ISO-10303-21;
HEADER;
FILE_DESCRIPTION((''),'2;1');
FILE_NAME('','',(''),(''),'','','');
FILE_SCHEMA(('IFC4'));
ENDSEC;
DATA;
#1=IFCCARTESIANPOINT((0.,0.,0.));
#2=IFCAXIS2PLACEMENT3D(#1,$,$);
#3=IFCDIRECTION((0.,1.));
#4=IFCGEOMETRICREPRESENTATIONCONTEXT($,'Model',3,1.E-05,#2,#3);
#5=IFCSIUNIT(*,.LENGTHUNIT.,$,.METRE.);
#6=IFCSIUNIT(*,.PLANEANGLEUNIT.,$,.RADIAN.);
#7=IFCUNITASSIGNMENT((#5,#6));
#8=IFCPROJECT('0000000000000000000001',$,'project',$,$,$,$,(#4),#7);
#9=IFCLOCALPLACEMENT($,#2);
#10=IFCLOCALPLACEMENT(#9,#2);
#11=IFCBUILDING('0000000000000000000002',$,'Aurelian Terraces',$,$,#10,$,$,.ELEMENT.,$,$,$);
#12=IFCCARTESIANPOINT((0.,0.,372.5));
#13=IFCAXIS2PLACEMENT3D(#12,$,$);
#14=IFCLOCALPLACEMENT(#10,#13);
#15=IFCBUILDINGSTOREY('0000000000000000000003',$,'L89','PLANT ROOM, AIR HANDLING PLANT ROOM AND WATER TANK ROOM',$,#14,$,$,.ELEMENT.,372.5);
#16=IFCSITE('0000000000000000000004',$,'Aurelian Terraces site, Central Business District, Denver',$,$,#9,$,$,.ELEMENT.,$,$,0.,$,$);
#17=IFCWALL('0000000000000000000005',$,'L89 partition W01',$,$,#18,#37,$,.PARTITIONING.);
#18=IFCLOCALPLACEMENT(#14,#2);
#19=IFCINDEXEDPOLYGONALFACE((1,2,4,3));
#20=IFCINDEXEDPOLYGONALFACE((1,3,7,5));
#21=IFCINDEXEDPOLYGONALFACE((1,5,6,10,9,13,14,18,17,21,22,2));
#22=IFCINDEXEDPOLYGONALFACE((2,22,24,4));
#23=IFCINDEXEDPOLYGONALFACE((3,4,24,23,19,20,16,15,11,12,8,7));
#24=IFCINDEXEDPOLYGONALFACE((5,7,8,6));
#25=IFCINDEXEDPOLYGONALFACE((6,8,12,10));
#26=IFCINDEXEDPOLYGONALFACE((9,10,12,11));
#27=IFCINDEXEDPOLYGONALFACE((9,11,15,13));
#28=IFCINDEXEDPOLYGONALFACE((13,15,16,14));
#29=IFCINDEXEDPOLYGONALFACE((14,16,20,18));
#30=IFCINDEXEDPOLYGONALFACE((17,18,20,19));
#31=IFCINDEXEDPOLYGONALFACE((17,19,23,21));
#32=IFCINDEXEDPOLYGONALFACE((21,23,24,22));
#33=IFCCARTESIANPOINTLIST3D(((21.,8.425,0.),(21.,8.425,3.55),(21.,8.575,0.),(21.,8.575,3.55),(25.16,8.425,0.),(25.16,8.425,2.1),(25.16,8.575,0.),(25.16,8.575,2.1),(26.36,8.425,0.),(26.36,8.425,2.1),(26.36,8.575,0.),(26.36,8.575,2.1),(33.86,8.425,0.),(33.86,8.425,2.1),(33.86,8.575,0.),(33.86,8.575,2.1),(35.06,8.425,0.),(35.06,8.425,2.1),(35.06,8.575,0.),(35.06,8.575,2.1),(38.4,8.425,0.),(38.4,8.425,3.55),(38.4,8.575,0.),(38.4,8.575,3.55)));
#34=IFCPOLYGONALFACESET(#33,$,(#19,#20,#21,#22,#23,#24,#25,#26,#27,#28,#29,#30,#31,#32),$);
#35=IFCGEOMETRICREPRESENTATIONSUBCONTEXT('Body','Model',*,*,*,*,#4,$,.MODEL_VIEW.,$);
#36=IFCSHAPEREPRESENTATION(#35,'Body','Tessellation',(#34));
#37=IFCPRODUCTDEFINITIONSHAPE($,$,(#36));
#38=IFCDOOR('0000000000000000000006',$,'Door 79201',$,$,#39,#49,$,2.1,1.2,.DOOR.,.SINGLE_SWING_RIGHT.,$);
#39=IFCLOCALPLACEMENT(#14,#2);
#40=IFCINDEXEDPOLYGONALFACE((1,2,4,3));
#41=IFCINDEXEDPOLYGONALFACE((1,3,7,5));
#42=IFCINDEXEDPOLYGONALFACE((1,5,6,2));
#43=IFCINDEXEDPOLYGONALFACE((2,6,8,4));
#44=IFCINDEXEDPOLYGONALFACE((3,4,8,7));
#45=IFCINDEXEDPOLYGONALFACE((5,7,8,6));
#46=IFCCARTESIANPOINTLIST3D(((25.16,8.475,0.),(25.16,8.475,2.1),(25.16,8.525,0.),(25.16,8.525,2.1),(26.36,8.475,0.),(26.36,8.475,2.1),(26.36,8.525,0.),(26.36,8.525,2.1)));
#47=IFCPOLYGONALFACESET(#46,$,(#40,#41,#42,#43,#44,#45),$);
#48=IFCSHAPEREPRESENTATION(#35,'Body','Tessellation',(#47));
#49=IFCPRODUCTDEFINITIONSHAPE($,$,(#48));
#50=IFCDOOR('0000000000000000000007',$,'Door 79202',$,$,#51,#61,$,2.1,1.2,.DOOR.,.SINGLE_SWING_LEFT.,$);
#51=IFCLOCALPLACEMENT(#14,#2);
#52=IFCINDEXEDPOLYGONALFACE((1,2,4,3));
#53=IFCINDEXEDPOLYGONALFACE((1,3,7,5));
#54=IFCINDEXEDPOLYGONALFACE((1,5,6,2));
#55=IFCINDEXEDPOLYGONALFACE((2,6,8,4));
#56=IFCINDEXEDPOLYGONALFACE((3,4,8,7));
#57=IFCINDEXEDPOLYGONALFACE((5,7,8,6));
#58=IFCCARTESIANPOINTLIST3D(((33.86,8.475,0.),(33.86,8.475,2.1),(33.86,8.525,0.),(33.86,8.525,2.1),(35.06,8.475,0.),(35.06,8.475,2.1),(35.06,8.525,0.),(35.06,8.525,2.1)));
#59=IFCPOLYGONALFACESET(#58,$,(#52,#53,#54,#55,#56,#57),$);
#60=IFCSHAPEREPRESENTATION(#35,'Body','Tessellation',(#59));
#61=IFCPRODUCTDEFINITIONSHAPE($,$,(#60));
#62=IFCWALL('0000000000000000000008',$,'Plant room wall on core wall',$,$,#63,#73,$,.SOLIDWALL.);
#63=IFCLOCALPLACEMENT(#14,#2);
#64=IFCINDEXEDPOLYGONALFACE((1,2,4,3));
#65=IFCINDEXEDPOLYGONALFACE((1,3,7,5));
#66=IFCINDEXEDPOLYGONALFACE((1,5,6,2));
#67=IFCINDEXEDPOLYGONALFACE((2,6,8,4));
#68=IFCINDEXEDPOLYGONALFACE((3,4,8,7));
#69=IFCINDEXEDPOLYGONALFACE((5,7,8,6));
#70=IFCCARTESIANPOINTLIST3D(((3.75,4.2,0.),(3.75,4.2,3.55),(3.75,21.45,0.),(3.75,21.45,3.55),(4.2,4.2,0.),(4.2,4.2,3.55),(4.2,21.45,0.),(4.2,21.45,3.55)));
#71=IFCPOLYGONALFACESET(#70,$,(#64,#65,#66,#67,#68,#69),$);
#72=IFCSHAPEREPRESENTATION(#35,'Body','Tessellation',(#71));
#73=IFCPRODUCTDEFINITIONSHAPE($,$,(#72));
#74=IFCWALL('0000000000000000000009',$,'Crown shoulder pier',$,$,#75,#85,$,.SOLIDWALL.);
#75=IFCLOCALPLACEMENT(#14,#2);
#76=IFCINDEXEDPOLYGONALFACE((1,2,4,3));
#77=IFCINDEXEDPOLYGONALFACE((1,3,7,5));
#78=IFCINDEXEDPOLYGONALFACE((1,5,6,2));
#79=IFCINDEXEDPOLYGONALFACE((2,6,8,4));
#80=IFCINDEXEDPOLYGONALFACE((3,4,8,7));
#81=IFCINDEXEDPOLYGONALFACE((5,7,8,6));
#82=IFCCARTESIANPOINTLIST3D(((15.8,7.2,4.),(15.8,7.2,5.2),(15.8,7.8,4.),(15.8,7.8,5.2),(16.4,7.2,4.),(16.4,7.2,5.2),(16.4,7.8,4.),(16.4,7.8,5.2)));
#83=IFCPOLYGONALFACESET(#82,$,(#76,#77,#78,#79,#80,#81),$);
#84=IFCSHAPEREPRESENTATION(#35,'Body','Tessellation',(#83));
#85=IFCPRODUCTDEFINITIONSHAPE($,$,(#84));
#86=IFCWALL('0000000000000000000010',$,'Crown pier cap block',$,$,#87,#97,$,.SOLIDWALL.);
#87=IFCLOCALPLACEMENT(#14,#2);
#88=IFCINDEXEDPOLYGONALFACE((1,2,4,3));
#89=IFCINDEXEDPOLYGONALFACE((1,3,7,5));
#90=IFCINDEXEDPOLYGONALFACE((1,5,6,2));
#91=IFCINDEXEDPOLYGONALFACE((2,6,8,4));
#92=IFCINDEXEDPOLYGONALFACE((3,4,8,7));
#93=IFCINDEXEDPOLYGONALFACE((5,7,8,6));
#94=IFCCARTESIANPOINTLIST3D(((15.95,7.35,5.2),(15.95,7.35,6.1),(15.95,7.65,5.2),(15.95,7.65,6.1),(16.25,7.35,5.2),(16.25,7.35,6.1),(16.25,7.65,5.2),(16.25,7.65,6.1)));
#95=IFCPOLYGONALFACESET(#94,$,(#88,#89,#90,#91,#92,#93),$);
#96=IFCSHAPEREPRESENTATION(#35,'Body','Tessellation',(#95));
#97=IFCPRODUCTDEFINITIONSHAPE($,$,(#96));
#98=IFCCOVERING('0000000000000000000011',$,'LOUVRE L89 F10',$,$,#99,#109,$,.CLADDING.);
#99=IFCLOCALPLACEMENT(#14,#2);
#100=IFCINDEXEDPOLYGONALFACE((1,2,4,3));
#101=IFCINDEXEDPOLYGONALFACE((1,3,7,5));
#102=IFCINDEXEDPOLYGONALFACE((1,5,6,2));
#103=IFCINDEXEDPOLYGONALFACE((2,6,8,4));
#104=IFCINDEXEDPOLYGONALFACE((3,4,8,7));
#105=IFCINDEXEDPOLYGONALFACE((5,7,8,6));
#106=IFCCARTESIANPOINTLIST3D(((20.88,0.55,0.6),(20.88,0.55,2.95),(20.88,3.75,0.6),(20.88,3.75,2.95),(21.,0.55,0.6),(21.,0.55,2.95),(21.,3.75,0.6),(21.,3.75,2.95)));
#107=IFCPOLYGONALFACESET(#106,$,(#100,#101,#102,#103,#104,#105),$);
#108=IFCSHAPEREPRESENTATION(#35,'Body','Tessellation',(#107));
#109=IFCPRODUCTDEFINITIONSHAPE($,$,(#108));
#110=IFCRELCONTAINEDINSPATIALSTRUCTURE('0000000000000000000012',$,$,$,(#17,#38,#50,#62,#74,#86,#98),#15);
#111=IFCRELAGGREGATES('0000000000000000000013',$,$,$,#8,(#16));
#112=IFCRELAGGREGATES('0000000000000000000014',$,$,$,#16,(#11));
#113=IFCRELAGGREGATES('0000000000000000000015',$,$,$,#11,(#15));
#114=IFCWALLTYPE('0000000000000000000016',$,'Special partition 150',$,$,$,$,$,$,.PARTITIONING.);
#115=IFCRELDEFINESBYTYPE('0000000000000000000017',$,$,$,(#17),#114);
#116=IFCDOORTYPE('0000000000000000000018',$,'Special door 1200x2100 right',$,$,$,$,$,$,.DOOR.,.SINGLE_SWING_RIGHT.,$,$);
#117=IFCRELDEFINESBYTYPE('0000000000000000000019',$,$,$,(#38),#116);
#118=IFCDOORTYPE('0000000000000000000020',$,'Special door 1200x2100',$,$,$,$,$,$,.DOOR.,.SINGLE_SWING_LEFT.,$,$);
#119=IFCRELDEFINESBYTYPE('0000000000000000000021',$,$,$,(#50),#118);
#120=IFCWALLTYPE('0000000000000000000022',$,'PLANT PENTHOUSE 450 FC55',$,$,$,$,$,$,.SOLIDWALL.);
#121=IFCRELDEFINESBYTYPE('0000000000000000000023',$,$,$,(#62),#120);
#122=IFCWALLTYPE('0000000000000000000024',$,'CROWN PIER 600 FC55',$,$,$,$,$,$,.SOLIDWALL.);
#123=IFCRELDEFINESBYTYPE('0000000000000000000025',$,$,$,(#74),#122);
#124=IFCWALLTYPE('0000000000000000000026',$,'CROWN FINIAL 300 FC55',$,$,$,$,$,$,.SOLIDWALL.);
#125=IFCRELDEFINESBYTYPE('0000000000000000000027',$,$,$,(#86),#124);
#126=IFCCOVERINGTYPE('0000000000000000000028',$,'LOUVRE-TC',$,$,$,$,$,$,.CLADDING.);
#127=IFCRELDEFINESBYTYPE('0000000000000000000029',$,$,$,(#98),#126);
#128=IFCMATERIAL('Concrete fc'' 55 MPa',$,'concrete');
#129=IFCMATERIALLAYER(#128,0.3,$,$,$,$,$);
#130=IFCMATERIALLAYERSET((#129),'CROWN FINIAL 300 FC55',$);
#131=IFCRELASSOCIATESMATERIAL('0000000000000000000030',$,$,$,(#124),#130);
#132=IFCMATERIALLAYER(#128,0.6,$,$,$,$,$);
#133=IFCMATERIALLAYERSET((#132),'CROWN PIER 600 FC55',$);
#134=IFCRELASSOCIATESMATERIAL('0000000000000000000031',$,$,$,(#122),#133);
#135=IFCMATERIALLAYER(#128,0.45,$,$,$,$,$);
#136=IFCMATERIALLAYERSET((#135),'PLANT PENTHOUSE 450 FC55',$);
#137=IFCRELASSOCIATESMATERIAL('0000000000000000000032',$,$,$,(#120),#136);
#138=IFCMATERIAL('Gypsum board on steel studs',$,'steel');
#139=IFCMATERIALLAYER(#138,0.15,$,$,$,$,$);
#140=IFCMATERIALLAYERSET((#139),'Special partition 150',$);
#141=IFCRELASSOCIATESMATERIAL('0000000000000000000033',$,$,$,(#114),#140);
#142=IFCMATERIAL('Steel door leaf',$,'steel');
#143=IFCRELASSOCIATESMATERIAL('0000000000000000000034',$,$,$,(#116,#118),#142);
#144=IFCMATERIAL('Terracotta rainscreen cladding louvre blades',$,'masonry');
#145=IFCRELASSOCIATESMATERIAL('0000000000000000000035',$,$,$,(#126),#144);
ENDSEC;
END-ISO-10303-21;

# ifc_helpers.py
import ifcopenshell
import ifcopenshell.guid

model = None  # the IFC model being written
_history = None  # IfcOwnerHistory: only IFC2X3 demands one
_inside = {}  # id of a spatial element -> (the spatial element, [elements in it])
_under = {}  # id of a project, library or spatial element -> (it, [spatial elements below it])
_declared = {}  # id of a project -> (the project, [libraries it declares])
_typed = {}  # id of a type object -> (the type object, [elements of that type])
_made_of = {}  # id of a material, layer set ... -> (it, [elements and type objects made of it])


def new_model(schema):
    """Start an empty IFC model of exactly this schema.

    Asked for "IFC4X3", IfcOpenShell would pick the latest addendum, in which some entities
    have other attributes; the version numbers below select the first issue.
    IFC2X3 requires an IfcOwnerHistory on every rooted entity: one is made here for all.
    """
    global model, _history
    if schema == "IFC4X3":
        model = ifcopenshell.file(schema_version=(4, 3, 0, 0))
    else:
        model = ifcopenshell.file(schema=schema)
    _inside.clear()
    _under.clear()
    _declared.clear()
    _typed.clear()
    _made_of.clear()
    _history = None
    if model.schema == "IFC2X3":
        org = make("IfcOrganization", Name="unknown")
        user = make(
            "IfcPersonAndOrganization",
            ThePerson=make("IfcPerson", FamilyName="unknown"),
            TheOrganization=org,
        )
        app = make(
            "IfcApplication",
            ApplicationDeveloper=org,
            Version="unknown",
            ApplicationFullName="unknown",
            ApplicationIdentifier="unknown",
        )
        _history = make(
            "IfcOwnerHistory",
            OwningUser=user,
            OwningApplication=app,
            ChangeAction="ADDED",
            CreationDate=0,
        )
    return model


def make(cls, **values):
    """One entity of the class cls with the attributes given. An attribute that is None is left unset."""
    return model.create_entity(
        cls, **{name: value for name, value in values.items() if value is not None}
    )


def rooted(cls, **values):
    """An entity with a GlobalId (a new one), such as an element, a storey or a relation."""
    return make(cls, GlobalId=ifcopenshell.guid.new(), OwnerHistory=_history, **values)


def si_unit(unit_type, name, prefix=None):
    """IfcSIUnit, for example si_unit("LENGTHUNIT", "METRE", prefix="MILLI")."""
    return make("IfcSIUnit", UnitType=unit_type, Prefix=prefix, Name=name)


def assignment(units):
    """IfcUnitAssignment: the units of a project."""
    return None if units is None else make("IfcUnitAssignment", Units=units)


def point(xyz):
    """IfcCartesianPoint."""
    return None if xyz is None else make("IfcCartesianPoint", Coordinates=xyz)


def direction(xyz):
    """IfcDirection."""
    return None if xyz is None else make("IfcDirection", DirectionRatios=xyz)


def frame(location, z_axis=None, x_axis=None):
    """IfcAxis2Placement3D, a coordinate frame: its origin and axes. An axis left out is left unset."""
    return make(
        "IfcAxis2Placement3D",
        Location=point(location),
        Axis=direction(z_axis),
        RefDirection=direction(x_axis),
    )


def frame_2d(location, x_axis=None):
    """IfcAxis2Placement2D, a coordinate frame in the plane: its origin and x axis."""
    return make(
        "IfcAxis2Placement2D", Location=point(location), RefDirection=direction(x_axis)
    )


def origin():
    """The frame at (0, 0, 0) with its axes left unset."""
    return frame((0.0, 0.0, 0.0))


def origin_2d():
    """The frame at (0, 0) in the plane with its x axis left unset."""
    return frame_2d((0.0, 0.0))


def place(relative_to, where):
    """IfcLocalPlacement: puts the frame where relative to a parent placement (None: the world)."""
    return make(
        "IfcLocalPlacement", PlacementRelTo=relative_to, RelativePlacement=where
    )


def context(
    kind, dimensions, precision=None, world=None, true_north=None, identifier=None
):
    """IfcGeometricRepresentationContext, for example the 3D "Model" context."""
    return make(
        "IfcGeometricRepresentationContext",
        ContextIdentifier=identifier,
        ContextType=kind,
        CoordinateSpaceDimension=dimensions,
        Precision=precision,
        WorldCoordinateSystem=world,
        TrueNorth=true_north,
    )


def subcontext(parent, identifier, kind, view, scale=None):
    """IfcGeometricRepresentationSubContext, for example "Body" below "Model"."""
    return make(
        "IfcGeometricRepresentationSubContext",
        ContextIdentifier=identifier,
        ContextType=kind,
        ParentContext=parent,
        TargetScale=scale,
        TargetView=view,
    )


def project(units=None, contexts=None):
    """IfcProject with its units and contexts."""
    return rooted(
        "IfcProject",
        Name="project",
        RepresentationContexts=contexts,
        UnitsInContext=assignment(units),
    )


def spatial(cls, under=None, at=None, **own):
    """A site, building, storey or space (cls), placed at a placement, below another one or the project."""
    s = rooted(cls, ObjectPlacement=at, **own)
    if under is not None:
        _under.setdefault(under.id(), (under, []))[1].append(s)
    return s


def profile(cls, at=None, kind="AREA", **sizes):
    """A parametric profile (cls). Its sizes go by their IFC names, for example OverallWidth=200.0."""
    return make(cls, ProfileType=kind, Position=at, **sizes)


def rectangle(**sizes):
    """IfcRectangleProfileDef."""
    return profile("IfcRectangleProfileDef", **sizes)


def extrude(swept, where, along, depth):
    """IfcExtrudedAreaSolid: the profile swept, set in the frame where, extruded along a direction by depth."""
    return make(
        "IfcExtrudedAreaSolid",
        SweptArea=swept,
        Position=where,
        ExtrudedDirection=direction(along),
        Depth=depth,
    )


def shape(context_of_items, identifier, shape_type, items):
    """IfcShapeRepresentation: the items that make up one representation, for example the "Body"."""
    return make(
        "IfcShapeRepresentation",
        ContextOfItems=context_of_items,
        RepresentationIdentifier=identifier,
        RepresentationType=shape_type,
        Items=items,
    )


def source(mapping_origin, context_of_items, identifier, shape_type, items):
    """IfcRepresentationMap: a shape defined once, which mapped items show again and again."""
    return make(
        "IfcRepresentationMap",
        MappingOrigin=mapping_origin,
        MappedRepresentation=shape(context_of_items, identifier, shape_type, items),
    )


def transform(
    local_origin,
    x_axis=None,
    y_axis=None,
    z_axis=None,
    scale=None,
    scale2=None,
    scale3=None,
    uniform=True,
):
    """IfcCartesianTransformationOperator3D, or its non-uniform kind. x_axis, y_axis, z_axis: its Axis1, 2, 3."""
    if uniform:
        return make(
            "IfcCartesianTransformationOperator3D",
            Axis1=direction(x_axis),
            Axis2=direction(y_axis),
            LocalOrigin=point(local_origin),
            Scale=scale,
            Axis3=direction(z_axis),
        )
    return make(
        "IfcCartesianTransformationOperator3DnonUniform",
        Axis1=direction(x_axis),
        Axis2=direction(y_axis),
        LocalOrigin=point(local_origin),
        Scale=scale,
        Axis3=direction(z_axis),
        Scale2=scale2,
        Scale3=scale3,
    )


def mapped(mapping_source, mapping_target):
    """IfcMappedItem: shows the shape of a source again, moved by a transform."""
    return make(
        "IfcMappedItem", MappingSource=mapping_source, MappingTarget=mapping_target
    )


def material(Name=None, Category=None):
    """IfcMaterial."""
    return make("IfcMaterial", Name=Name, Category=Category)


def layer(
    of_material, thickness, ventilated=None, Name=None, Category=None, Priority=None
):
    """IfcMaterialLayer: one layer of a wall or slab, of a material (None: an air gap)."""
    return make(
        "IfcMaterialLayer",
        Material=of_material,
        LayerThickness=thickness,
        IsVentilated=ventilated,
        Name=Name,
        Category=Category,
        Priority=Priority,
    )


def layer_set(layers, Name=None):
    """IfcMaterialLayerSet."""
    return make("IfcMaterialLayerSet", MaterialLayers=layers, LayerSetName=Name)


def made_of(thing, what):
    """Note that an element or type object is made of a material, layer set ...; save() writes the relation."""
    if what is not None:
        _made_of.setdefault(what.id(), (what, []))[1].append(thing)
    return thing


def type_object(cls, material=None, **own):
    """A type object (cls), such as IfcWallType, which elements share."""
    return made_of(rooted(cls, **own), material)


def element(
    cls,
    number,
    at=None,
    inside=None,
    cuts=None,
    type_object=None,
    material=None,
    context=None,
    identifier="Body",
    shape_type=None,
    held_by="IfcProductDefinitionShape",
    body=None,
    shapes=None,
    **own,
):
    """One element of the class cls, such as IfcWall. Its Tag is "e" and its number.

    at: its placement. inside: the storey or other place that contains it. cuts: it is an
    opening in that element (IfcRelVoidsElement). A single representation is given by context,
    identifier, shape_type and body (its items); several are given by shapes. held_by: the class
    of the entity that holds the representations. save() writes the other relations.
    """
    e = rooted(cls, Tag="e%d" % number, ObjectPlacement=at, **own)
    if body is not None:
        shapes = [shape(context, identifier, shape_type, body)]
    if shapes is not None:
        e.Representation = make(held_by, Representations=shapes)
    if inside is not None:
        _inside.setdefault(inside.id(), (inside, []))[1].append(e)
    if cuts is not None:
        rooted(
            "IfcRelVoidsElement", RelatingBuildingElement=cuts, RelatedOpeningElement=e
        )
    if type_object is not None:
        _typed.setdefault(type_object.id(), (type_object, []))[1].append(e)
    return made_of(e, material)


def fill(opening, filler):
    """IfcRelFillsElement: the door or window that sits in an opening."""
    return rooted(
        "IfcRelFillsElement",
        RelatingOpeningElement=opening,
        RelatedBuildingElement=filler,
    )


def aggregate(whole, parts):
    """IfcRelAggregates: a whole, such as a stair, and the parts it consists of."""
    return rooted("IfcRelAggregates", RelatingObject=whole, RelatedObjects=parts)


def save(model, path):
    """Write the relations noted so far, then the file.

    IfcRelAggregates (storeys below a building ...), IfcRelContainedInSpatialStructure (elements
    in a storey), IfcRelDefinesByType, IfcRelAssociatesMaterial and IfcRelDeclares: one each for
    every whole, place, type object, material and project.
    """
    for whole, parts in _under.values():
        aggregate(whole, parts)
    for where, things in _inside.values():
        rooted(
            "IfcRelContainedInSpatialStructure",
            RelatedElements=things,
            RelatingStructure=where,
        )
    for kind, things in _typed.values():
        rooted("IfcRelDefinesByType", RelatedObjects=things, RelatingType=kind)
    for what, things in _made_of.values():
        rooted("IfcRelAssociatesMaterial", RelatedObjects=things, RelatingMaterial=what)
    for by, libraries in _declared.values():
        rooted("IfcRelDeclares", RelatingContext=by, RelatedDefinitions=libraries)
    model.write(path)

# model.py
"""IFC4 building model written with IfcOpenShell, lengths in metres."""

from ifc_helpers import new_model, si_unit, direction, frame, frame_2d, origin, origin_2d, place, context, subcontext, project, spatial, rectangle, extrude, source, transform, mapped, material, layer, layer_set, type_object, element, fill, save


model = new_model("IFC4")

# Units and contexts
model_context = context("Model", 3, precision=1e-05, world=origin(), true_north=direction((0.0, 1.0)))
body_context = subcontext(model_context, "Body", "Model", "MODEL_VIEW")
ifc_project = project(units=[si_unit("LENGTHUNIT", "METRE"), si_unit("PLANEANGLEUNIT", "RADIAN")], contexts=[model_context])

# Site, building, storey
site_placement = place(None, origin())
site = spatial("IfcSite", under=ifc_project, at=site_placement, Name="Aurelian Terraces site, Central Business District, Denver", CompositionType="ELEMENT", RefElevation=0.0)
building_placement = place(site_placement, origin())
building = spatial("IfcBuilding", under=site, at=building_placement, Name="Aurelian Terraces", CompositionType="ELEMENT")
storey_placement = place(building_placement, frame((0.0, 0.0, 372.5)))
storey = spatial("IfcBuildingStorey", under=building, at=storey_placement, Name="L89", Description="PLANT ROOM, AIR HANDLING PLANT ROOM AND WATER TANK ROOM", CompositionType="ELEMENT", Elevation=372.5)

# Shared definitions
ifc_material_1 = material(Name="Concrete fc' 55 MPa", Category="concrete")
ifc_layer_1 = layer(ifc_material_1, 0.3)
ifc_layer_set_1 = layer_set([ifc_layer_1], Name="CROWN FINIAL 300 FC55")
wall_type_1 = type_object("IfcWallType", Name="CROWN FINIAL 300 FC55", PredefinedType="SOLIDWALL", material=ifc_layer_set_1)
ifc_layer_2 = layer(ifc_material_1, 0.6)
ifc_layer_set_2 = layer_set([ifc_layer_2], Name="CROWN PIER 600 FC55")
wall_type_2 = type_object("IfcWallType", Name="CROWN PIER 600 FC55", PredefinedType="SOLIDWALL", material=ifc_layer_set_2)
ifc_material_2 = material(Name="Gypsum board on steel studs", Category="steel")
ifc_layer_3 = layer(ifc_material_1, 0.45)
ifc_layer_set_3 = layer_set([ifc_layer_3], Name="PLANT PENTHOUSE 450 FC55")
wall_type_3 = type_object("IfcWallType", Name="PLANT PENTHOUSE 450 FC55", PredefinedType="SOLIDWALL", material=ifc_layer_set_3)

# Wall, openings, doors
ifc_layer_4 = layer(ifc_material_2, 0.15)
ifc_layer_set_4 = layer_set([ifc_layer_4], Name="Special partition 150")
wall_type_4 = type_object("IfcWallType", Name="Special partition 150", PredefinedType="PARTITIONING", material=ifc_layer_set_4)
wall_1_placement = place(storey_placement, frame((21.0, 8.5, 0.0), z_axis=(0.0, 0.0, 1.0), x_axis=(1.0, 0.0, 0.0)))
wall_1 = element("IfcWall", 1, at=wall_1_placement, inside=storey, type_object=wall_type_4, Name="L89 partition W01", PredefinedType="PARTITIONING", context=body_context, shape_type="SweptSolid", body=[
    extrude(rectangle(XDim=17.4, YDim=0.15, at=frame_2d((8.7, 0.0))), origin(), (0.0, 0.0, 1.0), 3.55),
])
shared_shape_1 = source(origin(), body_context, "Body", "SweptSolid", [
    extrude(rectangle(XDim=1.2, YDim=2.1, at=frame_2d((0.6, 1.05))), frame((0.0, 0.085, 0.0), z_axis=(0.0, -1.0, 0.0), x_axis=(1.0, 0.0, 0.0)), (0.0, 0.0, 1.0), 0.17),
])
opening_1_placement = place(wall_1_placement, frame((4.16, 0.0, 0.0)))
opening_1 = element("IfcOpeningElement", 2, at=opening_1_placement, cuts=wall_1, PredefinedType="OPENING", context=body_context, shape_type="MappedRepresentation", body=[
    mapped(shared_shape_1, transform((0.0, 0.0, 0.0), scale=1.0)),
])
opening_2_placement = place(wall_1_placement, frame((12.86, 0.0, 0.0)))
opening_2 = element("IfcOpeningElement", 3, at=opening_2_placement, cuts=wall_1, PredefinedType="OPENING", context=body_context, shape_type="MappedRepresentation", body=[
    mapped(shared_shape_1, transform((0.0, 0.0, 0.0), scale=1.0)),
])
ifc_material_3 = material(Name="Steel door leaf", Category="steel")
door_type_1 = type_object("IfcDoorType", Name="Special door 1200x2100 right", OperationType="SINGLE_SWING_RIGHT", PredefinedType="DOOR", material=ifc_material_3)
shared_shape_2 = source(origin(), body_context, "Body", "SweptSolid", [
    extrude(rectangle(XDim=1.2, YDim=2.1, at=frame_2d((0.6, 1.05))), frame((0.0, 0.025, 0.0), z_axis=(0.0, -1.0, 0.0), x_axis=(1.0, 0.0, 0.0)), (0.0, 0.0, 1.0), 0.05),
])
door_1_placement = place(opening_1_placement, origin())
door_1 = element("IfcDoor", 4, at=door_1_placement, inside=storey, type_object=door_type_1, Name="Door 79201", OperationType="SINGLE_SWING_RIGHT", OverallHeight=2.1, OverallWidth=1.2, PredefinedType="DOOR", context=body_context, shape_type="MappedRepresentation", body=[
    mapped(shared_shape_2, transform((0.0, 0.0, 0.0), scale=1.0)),
])
fill(opening_1, door_1)
door_type_2 = type_object("IfcDoorType", Name="Special door 1200x2100", OperationType="SINGLE_SWING_LEFT", PredefinedType="DOOR", material=ifc_material_3)
door_2_placement = place(opening_2_placement, origin())
door_2 = element("IfcDoor", 5, at=door_2_placement, inside=storey, type_object=door_type_2, Name="Door 79202", OperationType="SINGLE_SWING_LEFT", OverallHeight=2.1, OverallWidth=1.2, PredefinedType="DOOR", context=body_context, shape_type="MappedRepresentation", body=[
    mapped(shared_shape_2, transform((0.0, 0.0, 0.0), scale=1.0)),
])
fill(opening_2, door_2)

# Walls
shared_shape_3 = source(origin(), body_context, "Body", "SweptSolid", [
    extrude(rectangle(XDim=17.25, YDim=0.45, at=frame_2d((8.625, 0.0))), origin(), (0.0, 0.0, 1.0), 3.55),
])
wall_2_placement = place(storey_placement, frame((3.975, 4.2, 0.0), z_axis=(0.0, 0.0, 1.0), x_axis=(0.0, 1.0, 0.0)))
element("IfcWall", 6, at=wall_2_placement, inside=storey, type_object=wall_type_3, Name="Plant room wall on core wall", PredefinedType="SOLIDWALL", context=body_context, shape_type="MappedRepresentation", body=[
    mapped(shared_shape_3, transform((0.0, 0.0, 0.0), scale=1.0)),
])
shared_shape_4 = source(origin(), body_context, "Body", "SweptSolid", [
    extrude(rectangle(XDim=0.6, YDim=0.6, at=origin_2d()), origin(), (0.0, 0.0, 1.0), 1.2),
])
wall_3_placement = place(storey_placement, frame((16.1, 7.5, 4.0), z_axis=(0.0, 0.0, 1.0), x_axis=(1.0, 0.0, 0.0)))
element("IfcWall", 7, at=wall_3_placement, inside=storey, type_object=wall_type_2, Name="Crown shoulder pier", PredefinedType="SOLIDWALL", context=body_context, shape_type="MappedRepresentation", body=[
    mapped(shared_shape_4, transform((0.0, 0.0, 0.0), scale=1.0)),
])
shared_shape_5 = source(origin(), body_context, "Body", "SweptSolid", [
    extrude(rectangle(XDim=0.3, YDim=0.3, at=origin_2d()), origin(), (0.0, 0.0, 1.0), 0.9),
])
wall_4_placement = place(storey_placement, frame((16.1, 7.5, 5.2), z_axis=(0.0, 0.0, 1.0), x_axis=(1.0, 0.0, 0.0)))
element("IfcWall", 8, at=wall_4_placement, inside=storey, type_object=wall_type_1, Name="Crown pier cap block", PredefinedType="SOLIDWALL", context=body_context, shape_type="MappedRepresentation", body=[
    mapped(shared_shape_5, transform((0.0, 0.0, 0.0), scale=1.0)),
])

# Covering
ifc_material_4 = material(Name="Terracotta rainscreen cladding louvre blades", Category="masonry")
covering_type = type_object("IfcCoveringType", Name="LOUVRE-TC", PredefinedType="CLADDING", material=ifc_material_4)
covering_placement = place(storey_placement, frame((20.94, 2.15, 0.6), z_axis=(0.0, 0.0, 1.0), x_axis=(1.0, 0.0, 0.0)))
element("IfcCovering", 9, at=covering_placement, inside=storey, type_object=covering_type, Name="LOUVRE L89 F10", PredefinedType="CLADDING", context=body_context, shape_type="SweptSolid", body=[
    extrude(rectangle(XDim=0.12, YDim=3.2, at=origin_2d()), origin(), (0.0, 0.0, 1.0), 2.35),
])

save(model, "model.ifc")
